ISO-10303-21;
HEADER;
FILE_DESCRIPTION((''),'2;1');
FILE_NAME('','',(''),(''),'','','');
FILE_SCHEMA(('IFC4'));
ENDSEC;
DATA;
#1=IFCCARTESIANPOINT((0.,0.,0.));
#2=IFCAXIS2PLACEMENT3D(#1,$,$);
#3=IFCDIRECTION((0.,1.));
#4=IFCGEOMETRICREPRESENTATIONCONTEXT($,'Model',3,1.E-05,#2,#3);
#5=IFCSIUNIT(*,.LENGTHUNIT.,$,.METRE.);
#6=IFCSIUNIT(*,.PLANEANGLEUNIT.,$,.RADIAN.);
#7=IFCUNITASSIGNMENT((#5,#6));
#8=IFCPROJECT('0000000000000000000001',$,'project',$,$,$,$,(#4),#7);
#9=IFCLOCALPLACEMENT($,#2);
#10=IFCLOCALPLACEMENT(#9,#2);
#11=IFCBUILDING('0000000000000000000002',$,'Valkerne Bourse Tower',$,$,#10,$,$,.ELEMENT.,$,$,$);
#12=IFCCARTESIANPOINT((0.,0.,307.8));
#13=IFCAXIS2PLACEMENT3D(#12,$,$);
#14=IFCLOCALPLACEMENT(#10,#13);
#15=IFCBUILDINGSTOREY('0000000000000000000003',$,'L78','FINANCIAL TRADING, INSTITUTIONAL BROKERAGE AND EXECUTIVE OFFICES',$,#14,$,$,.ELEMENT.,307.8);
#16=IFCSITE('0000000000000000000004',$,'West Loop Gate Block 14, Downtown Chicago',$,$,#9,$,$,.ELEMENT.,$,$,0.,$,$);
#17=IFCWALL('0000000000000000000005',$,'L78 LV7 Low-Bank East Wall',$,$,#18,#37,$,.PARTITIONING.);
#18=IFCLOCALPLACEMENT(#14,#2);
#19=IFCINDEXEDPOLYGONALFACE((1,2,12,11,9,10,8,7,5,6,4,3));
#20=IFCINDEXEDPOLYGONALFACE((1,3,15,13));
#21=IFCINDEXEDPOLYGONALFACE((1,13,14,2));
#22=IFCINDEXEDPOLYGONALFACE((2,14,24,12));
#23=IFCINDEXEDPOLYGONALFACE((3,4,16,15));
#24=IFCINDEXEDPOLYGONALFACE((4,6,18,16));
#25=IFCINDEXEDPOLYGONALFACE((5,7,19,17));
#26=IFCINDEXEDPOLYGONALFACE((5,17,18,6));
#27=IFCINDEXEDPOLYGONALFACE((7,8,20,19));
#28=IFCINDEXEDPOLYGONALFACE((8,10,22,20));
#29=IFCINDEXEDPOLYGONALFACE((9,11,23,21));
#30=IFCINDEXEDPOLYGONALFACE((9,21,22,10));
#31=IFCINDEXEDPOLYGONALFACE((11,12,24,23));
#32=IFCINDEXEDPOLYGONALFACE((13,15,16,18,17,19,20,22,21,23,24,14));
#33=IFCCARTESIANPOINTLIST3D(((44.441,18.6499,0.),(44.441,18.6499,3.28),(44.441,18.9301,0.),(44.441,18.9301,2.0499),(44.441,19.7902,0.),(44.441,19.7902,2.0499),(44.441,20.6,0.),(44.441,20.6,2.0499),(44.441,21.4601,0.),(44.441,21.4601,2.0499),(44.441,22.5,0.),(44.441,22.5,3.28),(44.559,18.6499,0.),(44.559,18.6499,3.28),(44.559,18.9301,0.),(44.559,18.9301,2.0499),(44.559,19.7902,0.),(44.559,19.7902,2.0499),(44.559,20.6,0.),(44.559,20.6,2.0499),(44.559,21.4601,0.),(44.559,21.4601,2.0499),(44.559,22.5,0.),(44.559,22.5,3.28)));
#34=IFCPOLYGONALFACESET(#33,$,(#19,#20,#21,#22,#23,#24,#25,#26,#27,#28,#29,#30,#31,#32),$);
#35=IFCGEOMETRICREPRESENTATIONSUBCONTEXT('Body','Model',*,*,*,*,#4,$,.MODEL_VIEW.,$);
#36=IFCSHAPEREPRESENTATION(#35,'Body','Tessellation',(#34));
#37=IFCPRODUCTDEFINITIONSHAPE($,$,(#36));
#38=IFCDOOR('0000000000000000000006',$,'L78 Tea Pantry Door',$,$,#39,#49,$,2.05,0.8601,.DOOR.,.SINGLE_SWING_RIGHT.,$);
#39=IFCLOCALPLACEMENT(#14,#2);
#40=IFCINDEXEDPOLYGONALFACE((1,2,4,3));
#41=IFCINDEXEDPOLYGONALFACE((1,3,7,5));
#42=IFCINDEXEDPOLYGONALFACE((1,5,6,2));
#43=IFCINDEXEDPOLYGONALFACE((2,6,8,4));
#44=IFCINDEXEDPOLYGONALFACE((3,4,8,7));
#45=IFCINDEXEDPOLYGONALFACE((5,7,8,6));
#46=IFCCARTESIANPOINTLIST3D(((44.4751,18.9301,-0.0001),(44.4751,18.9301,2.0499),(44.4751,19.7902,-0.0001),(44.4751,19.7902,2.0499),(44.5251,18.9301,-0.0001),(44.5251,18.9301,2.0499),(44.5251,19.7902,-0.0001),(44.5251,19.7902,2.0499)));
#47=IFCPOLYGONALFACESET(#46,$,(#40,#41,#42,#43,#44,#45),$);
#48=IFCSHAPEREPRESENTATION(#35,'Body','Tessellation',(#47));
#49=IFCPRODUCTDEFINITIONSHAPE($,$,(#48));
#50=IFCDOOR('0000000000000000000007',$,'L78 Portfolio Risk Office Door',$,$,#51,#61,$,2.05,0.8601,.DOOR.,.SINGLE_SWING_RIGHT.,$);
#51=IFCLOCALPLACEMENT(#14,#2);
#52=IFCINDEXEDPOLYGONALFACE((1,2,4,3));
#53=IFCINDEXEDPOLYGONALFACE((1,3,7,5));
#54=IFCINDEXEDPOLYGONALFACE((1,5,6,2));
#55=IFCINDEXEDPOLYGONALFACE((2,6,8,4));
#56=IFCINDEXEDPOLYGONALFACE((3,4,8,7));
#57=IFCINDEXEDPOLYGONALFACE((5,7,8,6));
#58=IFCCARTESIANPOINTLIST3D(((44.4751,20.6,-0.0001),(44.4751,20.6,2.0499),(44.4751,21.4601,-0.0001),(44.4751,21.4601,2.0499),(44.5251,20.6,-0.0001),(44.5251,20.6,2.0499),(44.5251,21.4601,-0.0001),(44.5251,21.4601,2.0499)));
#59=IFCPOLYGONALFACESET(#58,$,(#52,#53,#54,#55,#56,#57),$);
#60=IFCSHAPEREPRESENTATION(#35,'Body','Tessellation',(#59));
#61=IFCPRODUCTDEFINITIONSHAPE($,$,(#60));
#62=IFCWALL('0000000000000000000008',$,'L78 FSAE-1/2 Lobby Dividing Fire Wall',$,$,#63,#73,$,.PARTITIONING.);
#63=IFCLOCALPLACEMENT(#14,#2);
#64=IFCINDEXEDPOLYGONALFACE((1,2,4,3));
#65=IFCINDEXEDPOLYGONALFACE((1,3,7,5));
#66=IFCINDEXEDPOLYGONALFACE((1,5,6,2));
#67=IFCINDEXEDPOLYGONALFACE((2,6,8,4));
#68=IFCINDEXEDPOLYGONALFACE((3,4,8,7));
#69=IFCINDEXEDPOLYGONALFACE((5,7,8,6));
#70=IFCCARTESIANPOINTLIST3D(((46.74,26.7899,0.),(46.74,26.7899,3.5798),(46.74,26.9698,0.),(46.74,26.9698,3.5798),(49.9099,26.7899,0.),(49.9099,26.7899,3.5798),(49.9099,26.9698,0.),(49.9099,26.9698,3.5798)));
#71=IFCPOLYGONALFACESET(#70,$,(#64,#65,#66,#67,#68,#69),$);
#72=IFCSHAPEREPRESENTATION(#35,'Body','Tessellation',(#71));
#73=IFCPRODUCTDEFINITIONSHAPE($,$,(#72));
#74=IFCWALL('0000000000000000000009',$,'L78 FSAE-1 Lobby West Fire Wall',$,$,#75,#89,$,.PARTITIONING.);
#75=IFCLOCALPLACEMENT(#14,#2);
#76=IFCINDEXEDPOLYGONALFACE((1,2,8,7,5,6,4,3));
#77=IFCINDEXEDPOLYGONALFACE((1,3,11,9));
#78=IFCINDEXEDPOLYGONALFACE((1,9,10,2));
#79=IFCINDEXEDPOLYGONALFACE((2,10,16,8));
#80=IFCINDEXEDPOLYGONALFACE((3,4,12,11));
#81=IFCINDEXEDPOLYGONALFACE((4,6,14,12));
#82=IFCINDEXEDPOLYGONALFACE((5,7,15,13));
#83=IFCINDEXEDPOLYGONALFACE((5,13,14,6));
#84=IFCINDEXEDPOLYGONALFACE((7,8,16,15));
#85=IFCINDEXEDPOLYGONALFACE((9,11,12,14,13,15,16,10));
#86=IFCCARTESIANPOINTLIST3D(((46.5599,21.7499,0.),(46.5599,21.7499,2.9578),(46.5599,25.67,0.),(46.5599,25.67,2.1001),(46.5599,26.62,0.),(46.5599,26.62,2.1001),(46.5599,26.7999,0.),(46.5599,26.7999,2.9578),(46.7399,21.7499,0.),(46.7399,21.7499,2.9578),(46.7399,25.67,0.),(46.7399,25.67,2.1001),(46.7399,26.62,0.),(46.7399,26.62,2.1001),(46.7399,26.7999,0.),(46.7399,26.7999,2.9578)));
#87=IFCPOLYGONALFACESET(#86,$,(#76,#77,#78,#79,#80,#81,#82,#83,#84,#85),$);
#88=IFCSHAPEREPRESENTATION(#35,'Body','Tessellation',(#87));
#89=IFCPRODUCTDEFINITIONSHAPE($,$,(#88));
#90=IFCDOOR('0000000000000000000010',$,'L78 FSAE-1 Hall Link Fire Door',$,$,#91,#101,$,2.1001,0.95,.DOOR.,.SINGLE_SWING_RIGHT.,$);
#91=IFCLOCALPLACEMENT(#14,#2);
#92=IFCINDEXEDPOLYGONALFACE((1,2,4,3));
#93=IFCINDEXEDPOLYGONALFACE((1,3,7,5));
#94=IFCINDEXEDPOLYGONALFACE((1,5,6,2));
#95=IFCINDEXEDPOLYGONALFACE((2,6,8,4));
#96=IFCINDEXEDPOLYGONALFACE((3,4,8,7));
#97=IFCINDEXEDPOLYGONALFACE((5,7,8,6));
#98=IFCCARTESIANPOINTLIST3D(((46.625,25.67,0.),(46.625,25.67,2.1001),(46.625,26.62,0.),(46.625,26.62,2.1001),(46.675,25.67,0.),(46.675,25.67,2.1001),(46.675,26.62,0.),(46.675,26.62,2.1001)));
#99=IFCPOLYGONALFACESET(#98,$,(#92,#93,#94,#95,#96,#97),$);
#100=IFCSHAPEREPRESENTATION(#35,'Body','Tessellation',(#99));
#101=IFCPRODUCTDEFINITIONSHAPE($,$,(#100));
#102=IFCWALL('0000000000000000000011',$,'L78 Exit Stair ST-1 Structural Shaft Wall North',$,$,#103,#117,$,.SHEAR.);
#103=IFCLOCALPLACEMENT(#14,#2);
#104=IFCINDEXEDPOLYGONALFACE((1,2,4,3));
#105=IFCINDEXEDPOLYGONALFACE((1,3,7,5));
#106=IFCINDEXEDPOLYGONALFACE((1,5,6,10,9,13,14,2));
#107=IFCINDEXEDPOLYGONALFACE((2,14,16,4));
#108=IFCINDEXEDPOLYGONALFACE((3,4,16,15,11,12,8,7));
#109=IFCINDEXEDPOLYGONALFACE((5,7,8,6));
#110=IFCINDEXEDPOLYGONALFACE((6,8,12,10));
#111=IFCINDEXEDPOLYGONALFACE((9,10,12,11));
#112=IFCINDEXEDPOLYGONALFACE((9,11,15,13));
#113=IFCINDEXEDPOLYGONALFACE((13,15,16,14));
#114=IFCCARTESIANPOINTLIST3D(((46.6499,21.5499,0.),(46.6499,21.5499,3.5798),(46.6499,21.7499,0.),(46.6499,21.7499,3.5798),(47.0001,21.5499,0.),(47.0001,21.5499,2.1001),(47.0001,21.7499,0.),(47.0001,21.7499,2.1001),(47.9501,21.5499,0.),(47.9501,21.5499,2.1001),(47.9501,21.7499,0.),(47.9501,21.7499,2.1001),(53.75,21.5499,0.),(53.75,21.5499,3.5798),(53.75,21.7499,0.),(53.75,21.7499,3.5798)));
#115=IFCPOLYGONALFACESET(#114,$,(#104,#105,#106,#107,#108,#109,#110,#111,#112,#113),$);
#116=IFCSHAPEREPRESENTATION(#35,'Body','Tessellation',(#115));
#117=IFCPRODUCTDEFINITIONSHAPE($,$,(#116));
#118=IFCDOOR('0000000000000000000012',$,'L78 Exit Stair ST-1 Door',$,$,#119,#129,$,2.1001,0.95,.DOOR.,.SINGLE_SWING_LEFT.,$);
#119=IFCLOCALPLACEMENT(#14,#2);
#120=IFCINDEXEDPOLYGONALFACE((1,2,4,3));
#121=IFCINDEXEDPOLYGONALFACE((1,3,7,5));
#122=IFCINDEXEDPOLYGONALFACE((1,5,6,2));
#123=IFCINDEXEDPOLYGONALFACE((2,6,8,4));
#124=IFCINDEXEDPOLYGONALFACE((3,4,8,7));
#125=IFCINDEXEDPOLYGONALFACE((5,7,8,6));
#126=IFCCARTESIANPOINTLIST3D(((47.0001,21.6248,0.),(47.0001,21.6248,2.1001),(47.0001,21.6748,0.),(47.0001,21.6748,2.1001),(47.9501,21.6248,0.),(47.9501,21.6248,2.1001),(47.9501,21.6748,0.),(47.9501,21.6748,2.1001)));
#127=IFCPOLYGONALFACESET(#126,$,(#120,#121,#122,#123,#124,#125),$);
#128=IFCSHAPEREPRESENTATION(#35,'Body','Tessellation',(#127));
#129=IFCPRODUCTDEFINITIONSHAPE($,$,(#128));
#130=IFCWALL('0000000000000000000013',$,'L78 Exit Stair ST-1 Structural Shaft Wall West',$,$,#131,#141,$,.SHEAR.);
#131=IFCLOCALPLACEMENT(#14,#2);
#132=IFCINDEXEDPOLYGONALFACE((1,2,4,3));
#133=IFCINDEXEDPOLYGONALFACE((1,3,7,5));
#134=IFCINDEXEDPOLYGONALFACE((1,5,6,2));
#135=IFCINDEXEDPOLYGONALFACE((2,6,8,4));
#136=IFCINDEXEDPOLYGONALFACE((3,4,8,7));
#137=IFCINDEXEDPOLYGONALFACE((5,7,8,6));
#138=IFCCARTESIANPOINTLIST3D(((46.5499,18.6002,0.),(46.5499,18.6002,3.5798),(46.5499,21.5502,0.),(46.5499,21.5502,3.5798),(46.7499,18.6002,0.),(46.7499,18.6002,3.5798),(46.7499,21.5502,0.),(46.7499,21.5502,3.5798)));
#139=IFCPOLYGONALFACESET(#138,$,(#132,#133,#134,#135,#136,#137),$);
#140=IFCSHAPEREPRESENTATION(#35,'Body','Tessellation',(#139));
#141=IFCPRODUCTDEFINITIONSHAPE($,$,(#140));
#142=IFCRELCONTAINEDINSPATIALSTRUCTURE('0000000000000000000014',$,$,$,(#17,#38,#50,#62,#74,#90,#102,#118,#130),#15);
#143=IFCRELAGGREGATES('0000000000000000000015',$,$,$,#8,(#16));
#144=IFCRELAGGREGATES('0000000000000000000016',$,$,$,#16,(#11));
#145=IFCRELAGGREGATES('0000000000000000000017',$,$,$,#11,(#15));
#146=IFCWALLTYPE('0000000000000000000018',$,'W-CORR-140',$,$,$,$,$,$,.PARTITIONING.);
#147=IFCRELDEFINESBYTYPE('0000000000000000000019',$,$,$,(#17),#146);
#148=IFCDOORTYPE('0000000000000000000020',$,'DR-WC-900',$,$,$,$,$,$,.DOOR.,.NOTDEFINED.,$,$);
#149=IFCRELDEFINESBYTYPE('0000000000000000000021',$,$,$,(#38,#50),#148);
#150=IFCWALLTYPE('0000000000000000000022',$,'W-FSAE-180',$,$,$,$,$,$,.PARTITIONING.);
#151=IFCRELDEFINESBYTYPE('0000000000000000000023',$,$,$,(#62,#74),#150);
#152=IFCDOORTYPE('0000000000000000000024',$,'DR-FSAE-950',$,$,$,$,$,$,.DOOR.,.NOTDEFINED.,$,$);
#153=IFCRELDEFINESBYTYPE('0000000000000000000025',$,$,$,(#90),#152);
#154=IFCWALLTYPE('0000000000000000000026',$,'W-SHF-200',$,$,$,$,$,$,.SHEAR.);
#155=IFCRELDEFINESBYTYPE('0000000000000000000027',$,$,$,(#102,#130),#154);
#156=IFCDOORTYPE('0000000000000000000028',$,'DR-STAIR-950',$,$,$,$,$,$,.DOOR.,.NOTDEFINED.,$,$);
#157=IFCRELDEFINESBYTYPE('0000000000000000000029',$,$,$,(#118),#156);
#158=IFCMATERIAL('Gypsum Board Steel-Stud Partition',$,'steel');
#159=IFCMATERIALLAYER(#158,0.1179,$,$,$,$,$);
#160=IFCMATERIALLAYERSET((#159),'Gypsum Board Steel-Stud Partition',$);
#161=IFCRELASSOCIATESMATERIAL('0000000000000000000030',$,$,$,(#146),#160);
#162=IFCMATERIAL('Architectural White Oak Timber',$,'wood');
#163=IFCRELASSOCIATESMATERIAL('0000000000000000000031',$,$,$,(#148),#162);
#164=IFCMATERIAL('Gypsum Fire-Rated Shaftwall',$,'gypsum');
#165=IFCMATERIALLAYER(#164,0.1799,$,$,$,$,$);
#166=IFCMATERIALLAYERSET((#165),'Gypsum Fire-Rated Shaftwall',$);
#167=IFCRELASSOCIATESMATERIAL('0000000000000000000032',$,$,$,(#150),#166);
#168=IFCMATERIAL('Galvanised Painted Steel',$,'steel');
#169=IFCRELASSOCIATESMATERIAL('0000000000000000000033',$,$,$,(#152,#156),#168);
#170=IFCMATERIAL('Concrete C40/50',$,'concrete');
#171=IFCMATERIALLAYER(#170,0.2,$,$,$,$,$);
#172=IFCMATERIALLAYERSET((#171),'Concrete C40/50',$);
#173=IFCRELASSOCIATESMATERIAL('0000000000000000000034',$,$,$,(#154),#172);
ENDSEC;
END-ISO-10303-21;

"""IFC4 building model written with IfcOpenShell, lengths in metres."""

from ifc_helpers import new_model, si_unit, direction, frame, frame_2d, origin, place, context, subcontext, project, spatial, rectangle, extrude, material, layer, layer_set, type_object, element, fill, save


model = new_model("IFC4")

# Units and contexts
model_context = context("Model", 3, precision=1e-05, world=origin(), true_north=direction((0.0, 1.0)))
body_context = subcontext(model_context, "Body", "Model", "MODEL_VIEW")
ifc_project = project(units=[si_unit("LENGTHUNIT", "METRE"), si_unit("PLANEANGLEUNIT", "RADIAN")], contexts=[model_context])

# Site, building, storey
site_placement = place(None, origin())
site = spatial("IfcSite", under=ifc_project, at=site_placement, Name="West Loop Gate Block 14, Downtown Chicago", CompositionType="ELEMENT", RefElevation=0.0)
building_placement = place(site_placement, origin())
building = spatial("IfcBuilding", under=site, at=building_placement, Name="Valkerne Bourse Tower", CompositionType="ELEMENT")
storey_placement = place(building_placement, frame((0.0, 0.0, 307.8)))
storey = spatial("IfcBuildingStorey", under=building, at=storey_placement, Name="L78", Description="FINANCIAL TRADING, INSTITUTIONAL BROKERAGE AND EXECUTIVE OFFICES", CompositionType="ELEMENT", Elevation=307.8)

# Wall, openings, doors
ifc_material_1 = material(Name="Gypsum Board Steel-Stud Partition", Category="steel")
ifc_layer_1 = layer(ifc_material_1, 0.1179)
ifc_layer_set_1 = layer_set([ifc_layer_1], Name="Gypsum Board Steel-Stud Partition")
wall_type_1 = type_object("IfcWallType", Name="W-CORR-140", PredefinedType="PARTITIONING", material=ifc_layer_set_1)
wall_1_placement = place(storey_placement, frame((44.5, 18.6499, 0.0), z_axis=(0.0, 0.0, 1.0), x_axis=(0.0, 1.0, 0.0)))
wall_1 = element("IfcWall", 1, at=wall_1_placement, inside=storey, type_object=wall_type_1, Name="L78 LV7 Low-Bank East Wall", PredefinedType="PARTITIONING", context=body_context, shape_type="SweptSolid", body=[
    extrude(rectangle(XDim=3.8501, YDim=0.1179, at=frame_2d((1.925, 0.0))), origin(), (0.0, 0.0, 1.0), 3.28),
])
opening_1_placement = place(wall_1_placement, frame((0.28, 0.0, 0.0)))
opening_1 = element("IfcOpeningElement", 2, at=opening_1_placement, cuts=wall_1, PredefinedType="OPENING", context=body_context, shape_type="SweptSolid", body=[
    extrude(rectangle(XDim=0.8601, YDim=2.05, at=frame_2d((0.4302, 1.0249))), frame((0.0, 0.0688, 0.0), z_axis=(0.0, -1.0, 0.0), x_axis=(1.0, 0.0, 0.0)), (0.0, 0.0, 1.0), 0.1379),
])
opening_2_placement = place(wall_1_placement, frame((1.95, 0.0, 0.0)))
opening_2 = element("IfcOpeningElement", 3, at=opening_2_placement, cuts=wall_1, PredefinedType="OPENING", context=body_context, shape_type="SweptSolid", body=[
    extrude(rectangle(XDim=0.8601, YDim=2.05, at=frame_2d((0.4302, 1.0249))), frame((0.0, 0.0688, 0.0), z_axis=(0.0, -1.0, 0.0), x_axis=(1.0, 0.0, 0.0)), (0.0, 0.0, 1.0), 0.1379),
])
ifc_material_2 = material(Name="Architectural White Oak Timber", Category="wood")
door_type_1 = type_object("IfcDoorType", Name="DR-WC-900", OperationType="NOTDEFINED", PredefinedType="DOOR", material=ifc_material_2)
door_1_placement = place(opening_1_placement, origin())
door_1 = element("IfcDoor", 4, at=door_1_placement, inside=storey, type_object=door_type_1, Name="L78 Tea Pantry Door", OperationType="SINGLE_SWING_RIGHT", OverallHeight=2.05, OverallWidth=0.8601, PredefinedType="DOOR", context=body_context, shape_type="SweptSolid", body=[
    extrude(rectangle(XDim=0.8601, YDim=2.05, at=frame_2d((0.4302, 1.0249))), frame((0.0, 0.0249, 0.0), z_axis=(0.0, -1.0, 0.0), x_axis=(1.0, 0.0, 0.0)), (0.0, 0.0, 1.0), 0.05),
])
fill(opening_1, door_1)
door_2_placement = place(opening_2_placement, origin())
door_2 = element("IfcDoor", 5, at=door_2_placement, inside=storey, type_object=door_type_1, Name="L78 Portfolio Risk Office Door", OperationType="SINGLE_SWING_RIGHT", OverallHeight=2.05, OverallWidth=0.8601, PredefinedType="DOOR", context=body_context, shape_type="SweptSolid", body=[
    extrude(rectangle(XDim=0.8601, YDim=2.05, at=frame_2d((0.4302, 1.0249))), frame((0.0, 0.0249, 0.0), z_axis=(0.0, -1.0, 0.0), x_axis=(1.0, 0.0, 0.0)), (0.0, 0.0, 1.0), 0.05),
])
fill(opening_2, door_2)

# Wall
ifc_material_3 = material(Name="Gypsum Fire-Rated Shaftwall", Category="gypsum")
ifc_layer_2 = layer(ifc_material_3, 0.1799)
ifc_layer_set_2 = layer_set([ifc_layer_2], Name="Gypsum Fire-Rated Shaftwall")
wall_type_2 = type_object("IfcWallType", Name="W-FSAE-180", PredefinedType="PARTITIONING", material=ifc_layer_set_2)
wall_2_placement = place(storey_placement, frame((46.74, 26.8799, 0.0), z_axis=(0.0, 0.0, 1.0), x_axis=(1.0, 0.0, 0.0)))
element("IfcWall", 6, at=wall_2_placement, inside=storey, type_object=wall_type_2, Name="L78 FSAE-1/2 Lobby Dividing Fire Wall", PredefinedType="PARTITIONING", context=body_context, shape_type="SweptSolid", body=[
    extrude(rectangle(XDim=3.1699, YDim=0.1799, at=frame_2d((1.585, 0.0))), origin(), (0.0, 0.0, 1.0), 3.5798),
])

# Wall, opening, door
wall_3_placement = place(storey_placement, frame((46.6499, 21.75, 0.0), z_axis=(0.0, 0.0, 1.0), x_axis=(0.0, 1.0, 0.0)))
wall_3 = element("IfcWall", 7, at=wall_3_placement, inside=storey, type_object=wall_type_2, Name="L78 FSAE-1 Lobby West Fire Wall", PredefinedType="PARTITIONING", context=body_context, shape_type="SweptSolid", body=[
    extrude(rectangle(XDim=5.05, YDim=0.1799, at=frame_2d((2.5249, 0.0))), origin(), (0.0, 0.0, 1.0), 2.9578),
])
opening_3_placement = place(wall_3_placement, frame((3.9199, 0.0, 0.0)))
opening_3 = element("IfcOpeningElement", 8, at=opening_3_placement, cuts=wall_3, PredefinedType="OPENING", context=body_context, shape_type="SweptSolid", body=[
    extrude(rectangle(XDim=0.95, YDim=2.1001, at=frame_2d((0.4751, 1.05))), frame((0.0, 0.0999, 0.0), z_axis=(0.0, -1.0, 0.0), x_axis=(1.0, 0.0, 0.0)), (0.0, 0.0, 1.0), 0.2),
])
ifc_material_4 = material(Name="Galvanised Painted Steel", Category="steel")
door_type_2 = type_object("IfcDoorType", Name="DR-FSAE-950", OperationType="NOTDEFINED", PredefinedType="DOOR", material=ifc_material_4)
door_3_placement = place(opening_3_placement, origin())
door_3 = element("IfcDoor", 9, at=door_3_placement, inside=storey, type_object=door_type_2, Name="L78 FSAE-1 Hall Link Fire Door", OperationType="SINGLE_SWING_RIGHT", OverallHeight=2.1001, OverallWidth=0.95, PredefinedType="DOOR", context=body_context, shape_type="SweptSolid", body=[
    extrude(rectangle(XDim=0.95, YDim=2.1001, at=frame_2d((0.4751, 1.05))), frame((0.0, 0.0249, 0.0), z_axis=(0.0, -1.0, 0.0), x_axis=(1.0, 0.0, 0.0)), (0.0, 0.0, 1.0), 0.05),
])
fill(opening_3, door_3)

# Wall, opening, door
ifc_material_5 = material(Name="Concrete C40/50", Category="concrete")
ifc_layer_3 = layer(ifc_material_5, 0.2)
ifc_layer_set_3 = layer_set([ifc_layer_3], Name="Concrete C40/50")
wall_type_3 = type_object("IfcWallType", Name="W-SHF-200", PredefinedType="SHEAR", material=ifc_layer_set_3)
wall_4_placement = place(storey_placement, frame((46.6499, 21.6499, 0.0), z_axis=(0.0, 0.0, 1.0), x_axis=(1.0, 0.0, 0.0)))
wall_4 = element("IfcWall", 10, at=wall_4_placement, inside=storey, type_object=wall_type_3, Name="L78 Exit Stair ST-1 Structural Shaft Wall North", PredefinedType="SHEAR", context=body_context, shape_type="SweptSolid", body=[
    extrude(rectangle(XDim=7.1001, YDim=0.2, at=frame_2d((3.55, 0.0))), origin(), (0.0, 0.0, 1.0), 3.5798),
])
opening_4_placement = place(wall_4_placement, frame((0.3501, 0.0, 0.0)))
opening_4 = element("IfcOpeningElement", 11, at=opening_4_placement, cuts=wall_4, PredefinedType="OPENING", context=body_context, shape_type="SweptSolid", body=[
    extrude(rectangle(XDim=0.95, YDim=2.1001, at=frame_2d((0.4751, 1.05))), frame((0.0, 0.1099, 0.0), z_axis=(0.0, -1.0, 0.0), x_axis=(1.0, 0.0, 0.0)), (0.0, 0.0, 1.0), 0.22),
])
door_type_3 = type_object("IfcDoorType", Name="DR-STAIR-950", OperationType="NOTDEFINED", PredefinedType="DOOR", material=ifc_material_4)
door_4_placement = place(opening_4_placement, origin())
door_4 = element("IfcDoor", 12, at=door_4_placement, inside=storey, type_object=door_type_3, Name="L78 Exit Stair ST-1 Door", OperationType="SINGLE_SWING_LEFT", OverallHeight=2.1001, OverallWidth=0.95, PredefinedType="DOOR", context=body_context, shape_type="SweptSolid", body=[
    extrude(rectangle(XDim=0.95, YDim=2.1001, at=frame_2d((0.4751, 1.05))), frame((0.0, 0.0249, 0.0), z_axis=(0.0, -1.0, 0.0), x_axis=(1.0, 0.0, 0.0)), (0.0, 0.0, 1.0), 0.05),
])
fill(opening_4, door_4)

# Wall
wall_5_placement = place(storey_placement, frame((46.6499, 18.6001, 0.0), z_axis=(0.0, 0.0, 1.0), x_axis=(0.0, 1.0, 0.0)))
element("IfcWall", 13, at=wall_5_placement, inside=storey, type_object=wall_type_3, Name="L78 Exit Stair ST-1 Structural Shaft Wall West", PredefinedType="SHEAR", context=body_context, shape_type="SweptSolid", body=[
    extrude(rectangle(XDim=2.95, YDim=0.2, at=frame_2d((1.4751, 0.0))), origin(), (0.0, 0.0, 1.0), 3.5798),
])

save(model, "model.ifc")
